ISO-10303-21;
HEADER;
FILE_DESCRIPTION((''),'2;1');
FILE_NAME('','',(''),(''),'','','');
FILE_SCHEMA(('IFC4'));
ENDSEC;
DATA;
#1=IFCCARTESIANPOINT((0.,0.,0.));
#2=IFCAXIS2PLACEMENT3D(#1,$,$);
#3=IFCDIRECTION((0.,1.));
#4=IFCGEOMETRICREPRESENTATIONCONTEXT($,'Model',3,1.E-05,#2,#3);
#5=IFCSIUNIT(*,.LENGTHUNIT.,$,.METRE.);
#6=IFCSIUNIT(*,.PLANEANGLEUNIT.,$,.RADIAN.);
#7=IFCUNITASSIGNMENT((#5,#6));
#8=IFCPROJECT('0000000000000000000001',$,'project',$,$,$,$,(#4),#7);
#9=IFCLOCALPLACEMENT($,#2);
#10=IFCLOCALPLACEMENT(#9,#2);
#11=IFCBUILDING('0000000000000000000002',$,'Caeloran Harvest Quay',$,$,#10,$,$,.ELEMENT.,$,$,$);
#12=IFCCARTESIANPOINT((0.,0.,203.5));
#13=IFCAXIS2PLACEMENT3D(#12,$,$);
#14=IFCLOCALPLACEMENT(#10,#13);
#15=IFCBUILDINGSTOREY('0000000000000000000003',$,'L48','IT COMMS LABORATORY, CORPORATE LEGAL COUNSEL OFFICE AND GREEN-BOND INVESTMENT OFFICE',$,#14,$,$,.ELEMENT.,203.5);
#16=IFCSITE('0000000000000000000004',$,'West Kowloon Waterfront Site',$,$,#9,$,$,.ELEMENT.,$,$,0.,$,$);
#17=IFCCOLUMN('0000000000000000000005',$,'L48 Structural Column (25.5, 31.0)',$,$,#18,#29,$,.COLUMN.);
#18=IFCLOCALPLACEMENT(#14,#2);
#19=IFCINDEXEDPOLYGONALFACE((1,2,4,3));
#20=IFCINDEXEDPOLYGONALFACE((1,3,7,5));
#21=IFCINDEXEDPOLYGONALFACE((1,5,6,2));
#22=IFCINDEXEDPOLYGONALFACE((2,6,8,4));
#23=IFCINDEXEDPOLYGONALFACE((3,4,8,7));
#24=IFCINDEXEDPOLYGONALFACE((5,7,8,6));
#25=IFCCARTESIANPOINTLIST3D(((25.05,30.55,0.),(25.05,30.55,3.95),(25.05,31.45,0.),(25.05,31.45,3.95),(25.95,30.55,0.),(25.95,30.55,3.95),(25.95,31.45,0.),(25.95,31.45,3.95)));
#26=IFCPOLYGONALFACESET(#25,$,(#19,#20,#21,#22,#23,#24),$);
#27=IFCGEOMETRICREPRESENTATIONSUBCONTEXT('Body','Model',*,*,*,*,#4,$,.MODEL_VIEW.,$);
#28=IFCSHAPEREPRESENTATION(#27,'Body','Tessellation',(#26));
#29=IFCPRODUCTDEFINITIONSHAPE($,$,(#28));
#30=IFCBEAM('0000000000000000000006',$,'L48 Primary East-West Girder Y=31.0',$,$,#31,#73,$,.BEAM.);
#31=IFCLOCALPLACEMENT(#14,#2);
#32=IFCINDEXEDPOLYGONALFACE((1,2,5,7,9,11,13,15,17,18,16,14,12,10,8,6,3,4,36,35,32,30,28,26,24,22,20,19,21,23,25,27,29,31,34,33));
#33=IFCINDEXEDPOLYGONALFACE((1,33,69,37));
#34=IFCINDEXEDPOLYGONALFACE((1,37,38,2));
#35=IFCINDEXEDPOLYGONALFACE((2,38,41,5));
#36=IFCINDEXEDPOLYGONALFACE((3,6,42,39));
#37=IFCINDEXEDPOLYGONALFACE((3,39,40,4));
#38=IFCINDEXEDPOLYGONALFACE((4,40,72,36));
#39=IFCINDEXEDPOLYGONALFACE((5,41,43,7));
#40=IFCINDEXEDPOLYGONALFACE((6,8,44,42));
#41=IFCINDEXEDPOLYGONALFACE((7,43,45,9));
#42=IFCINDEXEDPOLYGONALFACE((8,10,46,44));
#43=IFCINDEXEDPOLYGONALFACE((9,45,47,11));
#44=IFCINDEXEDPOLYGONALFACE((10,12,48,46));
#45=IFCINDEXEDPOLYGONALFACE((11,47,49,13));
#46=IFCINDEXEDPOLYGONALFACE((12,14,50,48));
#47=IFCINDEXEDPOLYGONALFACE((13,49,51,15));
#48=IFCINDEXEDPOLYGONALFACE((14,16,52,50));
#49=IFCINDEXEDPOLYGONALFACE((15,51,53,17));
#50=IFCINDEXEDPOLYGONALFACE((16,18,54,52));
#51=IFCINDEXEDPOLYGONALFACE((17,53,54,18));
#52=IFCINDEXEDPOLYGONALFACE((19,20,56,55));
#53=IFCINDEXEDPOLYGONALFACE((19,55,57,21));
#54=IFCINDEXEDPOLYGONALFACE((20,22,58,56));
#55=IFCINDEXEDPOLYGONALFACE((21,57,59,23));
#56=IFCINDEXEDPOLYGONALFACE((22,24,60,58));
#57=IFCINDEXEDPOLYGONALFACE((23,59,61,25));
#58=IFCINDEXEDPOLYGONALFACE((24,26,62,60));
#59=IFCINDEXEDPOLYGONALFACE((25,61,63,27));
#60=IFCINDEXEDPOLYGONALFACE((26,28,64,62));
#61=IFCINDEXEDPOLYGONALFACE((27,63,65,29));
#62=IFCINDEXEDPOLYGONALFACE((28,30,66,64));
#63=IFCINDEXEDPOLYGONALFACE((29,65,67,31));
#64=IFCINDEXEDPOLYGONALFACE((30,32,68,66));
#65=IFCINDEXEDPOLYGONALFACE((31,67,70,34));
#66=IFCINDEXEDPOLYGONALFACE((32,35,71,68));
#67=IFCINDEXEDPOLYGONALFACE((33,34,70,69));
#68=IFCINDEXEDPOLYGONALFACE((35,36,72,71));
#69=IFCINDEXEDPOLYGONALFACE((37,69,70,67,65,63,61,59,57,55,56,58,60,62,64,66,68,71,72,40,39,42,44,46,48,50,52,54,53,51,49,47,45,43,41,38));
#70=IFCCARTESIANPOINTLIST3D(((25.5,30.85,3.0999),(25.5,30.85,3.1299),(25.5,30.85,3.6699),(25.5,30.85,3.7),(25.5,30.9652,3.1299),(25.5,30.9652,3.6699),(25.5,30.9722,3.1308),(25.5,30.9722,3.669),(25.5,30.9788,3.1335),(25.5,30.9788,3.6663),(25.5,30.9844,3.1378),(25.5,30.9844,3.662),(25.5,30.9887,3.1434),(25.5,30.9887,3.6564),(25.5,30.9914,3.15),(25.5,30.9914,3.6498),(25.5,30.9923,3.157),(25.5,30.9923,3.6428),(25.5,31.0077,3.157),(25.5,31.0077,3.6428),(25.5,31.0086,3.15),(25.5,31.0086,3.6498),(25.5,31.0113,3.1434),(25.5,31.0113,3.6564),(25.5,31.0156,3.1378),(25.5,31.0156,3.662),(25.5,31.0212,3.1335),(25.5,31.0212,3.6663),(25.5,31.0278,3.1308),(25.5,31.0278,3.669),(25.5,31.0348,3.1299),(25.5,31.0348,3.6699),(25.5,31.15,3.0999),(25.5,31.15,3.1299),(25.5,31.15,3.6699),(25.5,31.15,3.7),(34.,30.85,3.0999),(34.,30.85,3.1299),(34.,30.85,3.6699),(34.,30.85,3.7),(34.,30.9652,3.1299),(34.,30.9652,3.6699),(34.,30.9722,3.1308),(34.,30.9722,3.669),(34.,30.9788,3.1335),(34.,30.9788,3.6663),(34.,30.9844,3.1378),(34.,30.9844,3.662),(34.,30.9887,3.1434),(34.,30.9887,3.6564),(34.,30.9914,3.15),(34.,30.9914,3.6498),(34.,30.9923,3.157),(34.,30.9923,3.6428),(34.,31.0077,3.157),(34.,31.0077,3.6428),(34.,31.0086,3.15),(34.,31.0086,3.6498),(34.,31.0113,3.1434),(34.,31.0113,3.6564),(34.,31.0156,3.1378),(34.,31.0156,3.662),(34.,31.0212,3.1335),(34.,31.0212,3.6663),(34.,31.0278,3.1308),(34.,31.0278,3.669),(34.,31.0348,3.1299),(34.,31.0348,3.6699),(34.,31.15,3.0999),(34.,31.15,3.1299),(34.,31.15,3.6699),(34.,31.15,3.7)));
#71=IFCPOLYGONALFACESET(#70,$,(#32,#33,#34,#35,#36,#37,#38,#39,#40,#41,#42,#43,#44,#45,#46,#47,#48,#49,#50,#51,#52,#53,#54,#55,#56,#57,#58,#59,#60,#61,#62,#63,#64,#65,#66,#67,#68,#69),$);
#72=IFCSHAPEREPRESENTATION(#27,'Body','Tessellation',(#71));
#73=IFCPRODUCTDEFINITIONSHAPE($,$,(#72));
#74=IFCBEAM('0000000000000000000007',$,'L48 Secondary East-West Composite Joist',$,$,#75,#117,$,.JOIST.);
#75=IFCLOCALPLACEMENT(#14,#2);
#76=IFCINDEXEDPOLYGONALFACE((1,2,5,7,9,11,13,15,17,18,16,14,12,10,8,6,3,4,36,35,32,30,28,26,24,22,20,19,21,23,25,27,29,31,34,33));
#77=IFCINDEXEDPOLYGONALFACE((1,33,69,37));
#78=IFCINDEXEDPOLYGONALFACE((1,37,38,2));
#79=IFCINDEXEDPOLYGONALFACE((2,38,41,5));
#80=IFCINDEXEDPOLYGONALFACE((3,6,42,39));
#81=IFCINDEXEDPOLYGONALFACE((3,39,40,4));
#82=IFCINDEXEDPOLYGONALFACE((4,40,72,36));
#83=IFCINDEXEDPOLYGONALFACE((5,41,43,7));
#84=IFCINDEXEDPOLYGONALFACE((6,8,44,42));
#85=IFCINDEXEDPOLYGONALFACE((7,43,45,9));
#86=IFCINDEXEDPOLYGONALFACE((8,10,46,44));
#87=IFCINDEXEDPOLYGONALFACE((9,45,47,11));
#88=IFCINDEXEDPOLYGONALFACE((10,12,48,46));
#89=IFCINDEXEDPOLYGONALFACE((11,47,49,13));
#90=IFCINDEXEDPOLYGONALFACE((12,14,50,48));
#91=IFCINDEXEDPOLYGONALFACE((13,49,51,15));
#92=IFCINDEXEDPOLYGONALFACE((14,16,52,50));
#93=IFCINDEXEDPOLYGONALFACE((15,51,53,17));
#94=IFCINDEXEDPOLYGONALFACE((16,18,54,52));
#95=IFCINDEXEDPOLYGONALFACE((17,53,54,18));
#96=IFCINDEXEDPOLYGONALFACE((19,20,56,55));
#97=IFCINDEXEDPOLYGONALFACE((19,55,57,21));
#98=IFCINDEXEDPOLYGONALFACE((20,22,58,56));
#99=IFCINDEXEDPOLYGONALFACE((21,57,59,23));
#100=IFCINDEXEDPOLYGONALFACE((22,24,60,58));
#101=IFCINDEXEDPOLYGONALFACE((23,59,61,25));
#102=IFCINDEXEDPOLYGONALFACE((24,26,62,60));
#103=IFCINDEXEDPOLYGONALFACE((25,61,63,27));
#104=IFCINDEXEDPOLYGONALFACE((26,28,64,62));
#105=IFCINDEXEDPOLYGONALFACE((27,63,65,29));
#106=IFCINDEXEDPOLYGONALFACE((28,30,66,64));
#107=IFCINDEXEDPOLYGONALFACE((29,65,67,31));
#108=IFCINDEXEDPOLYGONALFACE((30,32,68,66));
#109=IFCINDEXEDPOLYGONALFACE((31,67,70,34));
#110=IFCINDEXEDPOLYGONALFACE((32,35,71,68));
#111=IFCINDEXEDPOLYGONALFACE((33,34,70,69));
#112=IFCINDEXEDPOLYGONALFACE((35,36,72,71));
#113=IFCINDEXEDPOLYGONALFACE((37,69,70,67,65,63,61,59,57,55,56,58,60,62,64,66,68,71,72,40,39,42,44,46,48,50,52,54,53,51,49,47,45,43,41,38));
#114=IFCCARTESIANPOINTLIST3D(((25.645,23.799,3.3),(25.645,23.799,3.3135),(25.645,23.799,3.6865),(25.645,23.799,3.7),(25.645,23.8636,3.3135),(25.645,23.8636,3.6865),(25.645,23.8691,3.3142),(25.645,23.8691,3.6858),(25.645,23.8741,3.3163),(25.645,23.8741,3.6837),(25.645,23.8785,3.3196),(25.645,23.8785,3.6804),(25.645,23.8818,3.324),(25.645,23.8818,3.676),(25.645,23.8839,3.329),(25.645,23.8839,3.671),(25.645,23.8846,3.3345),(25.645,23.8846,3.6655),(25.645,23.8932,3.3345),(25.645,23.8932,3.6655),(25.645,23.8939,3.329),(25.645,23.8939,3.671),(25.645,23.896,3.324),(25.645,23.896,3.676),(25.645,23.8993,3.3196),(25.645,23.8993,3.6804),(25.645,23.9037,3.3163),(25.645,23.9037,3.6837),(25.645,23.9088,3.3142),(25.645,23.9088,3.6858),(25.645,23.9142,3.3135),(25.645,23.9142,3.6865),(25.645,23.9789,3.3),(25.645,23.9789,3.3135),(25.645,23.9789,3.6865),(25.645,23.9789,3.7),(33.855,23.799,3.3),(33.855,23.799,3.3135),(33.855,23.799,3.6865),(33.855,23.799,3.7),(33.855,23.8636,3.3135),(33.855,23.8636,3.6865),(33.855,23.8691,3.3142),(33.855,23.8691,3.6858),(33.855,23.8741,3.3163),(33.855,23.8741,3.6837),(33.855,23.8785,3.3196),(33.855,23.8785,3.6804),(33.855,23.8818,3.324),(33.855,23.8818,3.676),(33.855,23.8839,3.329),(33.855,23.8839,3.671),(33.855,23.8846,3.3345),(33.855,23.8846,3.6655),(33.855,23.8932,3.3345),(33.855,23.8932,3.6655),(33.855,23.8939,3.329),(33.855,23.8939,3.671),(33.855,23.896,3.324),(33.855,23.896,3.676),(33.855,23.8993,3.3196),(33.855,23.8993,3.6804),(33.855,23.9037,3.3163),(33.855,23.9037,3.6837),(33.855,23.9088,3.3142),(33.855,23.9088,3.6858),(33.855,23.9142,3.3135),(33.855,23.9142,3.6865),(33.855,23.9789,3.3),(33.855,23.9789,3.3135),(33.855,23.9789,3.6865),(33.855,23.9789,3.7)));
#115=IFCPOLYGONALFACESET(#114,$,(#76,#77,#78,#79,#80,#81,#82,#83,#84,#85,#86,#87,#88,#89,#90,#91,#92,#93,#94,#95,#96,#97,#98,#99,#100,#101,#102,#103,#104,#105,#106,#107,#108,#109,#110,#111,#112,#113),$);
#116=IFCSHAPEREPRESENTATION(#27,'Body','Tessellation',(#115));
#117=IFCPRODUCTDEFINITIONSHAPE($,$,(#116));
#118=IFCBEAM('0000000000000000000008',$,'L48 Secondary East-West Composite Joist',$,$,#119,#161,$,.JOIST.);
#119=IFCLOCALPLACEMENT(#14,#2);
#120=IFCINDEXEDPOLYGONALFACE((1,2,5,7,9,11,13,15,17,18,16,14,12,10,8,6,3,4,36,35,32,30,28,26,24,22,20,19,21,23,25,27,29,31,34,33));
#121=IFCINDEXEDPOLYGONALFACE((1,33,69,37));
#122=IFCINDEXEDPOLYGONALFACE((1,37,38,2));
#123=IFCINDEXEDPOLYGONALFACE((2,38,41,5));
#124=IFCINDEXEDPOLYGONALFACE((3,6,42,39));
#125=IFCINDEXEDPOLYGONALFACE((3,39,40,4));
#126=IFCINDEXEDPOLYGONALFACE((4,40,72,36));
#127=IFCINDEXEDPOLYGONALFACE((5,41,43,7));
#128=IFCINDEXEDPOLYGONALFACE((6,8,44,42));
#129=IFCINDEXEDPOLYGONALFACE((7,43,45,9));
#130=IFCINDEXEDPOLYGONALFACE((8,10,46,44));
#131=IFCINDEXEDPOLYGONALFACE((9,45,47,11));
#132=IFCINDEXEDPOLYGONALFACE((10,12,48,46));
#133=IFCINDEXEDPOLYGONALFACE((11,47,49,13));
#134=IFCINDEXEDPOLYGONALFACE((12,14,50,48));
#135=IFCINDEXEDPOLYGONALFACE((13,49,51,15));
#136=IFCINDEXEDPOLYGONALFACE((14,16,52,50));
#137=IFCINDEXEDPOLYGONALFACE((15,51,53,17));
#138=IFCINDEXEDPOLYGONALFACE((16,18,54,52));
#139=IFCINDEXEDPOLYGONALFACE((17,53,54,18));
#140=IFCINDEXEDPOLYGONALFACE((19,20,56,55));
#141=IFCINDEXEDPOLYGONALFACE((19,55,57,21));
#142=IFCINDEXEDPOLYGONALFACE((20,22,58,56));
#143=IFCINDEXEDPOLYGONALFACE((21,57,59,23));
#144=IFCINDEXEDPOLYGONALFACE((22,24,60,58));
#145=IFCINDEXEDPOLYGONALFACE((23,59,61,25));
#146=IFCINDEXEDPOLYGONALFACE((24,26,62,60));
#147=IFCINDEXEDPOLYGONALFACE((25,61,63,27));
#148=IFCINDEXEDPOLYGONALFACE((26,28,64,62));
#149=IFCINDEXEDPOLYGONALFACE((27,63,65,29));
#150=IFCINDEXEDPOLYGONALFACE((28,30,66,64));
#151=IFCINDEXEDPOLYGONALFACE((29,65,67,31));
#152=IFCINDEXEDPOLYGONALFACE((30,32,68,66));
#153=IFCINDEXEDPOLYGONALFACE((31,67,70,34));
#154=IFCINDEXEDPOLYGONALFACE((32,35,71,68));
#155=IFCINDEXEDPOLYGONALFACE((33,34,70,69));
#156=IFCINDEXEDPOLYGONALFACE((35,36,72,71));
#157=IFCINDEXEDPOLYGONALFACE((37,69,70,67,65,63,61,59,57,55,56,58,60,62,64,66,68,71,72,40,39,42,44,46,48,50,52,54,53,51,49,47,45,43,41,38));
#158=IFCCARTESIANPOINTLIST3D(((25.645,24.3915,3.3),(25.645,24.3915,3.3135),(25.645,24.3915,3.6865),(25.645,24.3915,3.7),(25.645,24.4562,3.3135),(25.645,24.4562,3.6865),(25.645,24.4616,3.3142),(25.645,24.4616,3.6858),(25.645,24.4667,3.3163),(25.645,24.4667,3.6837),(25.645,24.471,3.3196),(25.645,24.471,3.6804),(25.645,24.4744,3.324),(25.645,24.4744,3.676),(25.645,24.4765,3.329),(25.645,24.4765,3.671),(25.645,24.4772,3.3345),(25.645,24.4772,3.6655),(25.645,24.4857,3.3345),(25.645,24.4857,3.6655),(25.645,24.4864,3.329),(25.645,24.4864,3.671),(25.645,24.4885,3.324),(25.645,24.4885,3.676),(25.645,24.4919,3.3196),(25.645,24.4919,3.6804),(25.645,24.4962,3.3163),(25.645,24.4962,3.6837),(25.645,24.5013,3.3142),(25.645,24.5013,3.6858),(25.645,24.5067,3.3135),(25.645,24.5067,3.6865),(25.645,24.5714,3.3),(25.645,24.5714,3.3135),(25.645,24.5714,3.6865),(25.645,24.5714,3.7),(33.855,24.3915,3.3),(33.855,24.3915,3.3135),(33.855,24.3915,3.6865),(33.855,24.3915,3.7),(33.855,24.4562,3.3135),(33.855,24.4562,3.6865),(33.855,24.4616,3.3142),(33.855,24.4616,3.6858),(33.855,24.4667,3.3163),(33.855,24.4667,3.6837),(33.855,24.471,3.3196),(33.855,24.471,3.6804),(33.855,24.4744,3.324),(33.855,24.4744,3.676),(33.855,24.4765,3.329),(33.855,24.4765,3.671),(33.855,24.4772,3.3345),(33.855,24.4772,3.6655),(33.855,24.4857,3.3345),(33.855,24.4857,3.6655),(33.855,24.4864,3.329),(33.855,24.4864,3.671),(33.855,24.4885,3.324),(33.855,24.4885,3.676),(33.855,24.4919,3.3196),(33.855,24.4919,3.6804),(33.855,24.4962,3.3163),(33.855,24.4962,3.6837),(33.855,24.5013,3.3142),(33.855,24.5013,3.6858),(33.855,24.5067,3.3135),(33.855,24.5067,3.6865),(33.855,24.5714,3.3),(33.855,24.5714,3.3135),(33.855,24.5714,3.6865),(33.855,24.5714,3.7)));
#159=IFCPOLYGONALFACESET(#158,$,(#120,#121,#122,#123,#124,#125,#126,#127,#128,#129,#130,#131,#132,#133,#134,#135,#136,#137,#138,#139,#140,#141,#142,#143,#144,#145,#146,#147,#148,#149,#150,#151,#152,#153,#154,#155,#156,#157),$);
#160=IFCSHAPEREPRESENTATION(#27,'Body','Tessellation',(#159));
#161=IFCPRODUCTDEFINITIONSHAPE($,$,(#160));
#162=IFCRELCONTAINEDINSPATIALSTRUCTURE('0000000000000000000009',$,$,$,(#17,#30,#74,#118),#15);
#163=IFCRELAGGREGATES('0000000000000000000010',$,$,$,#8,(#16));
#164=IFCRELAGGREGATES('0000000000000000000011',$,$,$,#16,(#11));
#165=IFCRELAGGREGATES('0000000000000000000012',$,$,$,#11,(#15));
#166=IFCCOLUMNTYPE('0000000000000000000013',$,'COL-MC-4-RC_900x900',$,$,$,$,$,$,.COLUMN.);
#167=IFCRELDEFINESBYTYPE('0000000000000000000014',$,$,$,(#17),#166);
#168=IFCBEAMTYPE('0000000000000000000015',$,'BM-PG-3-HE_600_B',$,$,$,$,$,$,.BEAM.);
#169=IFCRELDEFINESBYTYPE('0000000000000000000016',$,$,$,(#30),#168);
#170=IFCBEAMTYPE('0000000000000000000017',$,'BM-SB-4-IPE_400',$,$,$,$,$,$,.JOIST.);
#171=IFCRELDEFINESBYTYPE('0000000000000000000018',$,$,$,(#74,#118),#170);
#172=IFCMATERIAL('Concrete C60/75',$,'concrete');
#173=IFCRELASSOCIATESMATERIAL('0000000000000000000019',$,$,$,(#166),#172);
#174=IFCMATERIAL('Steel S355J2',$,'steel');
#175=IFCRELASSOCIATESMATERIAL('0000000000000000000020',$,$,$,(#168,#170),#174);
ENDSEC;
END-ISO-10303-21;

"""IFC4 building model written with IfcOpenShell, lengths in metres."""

from ifc_helpers import new_model, si_unit, direction, frame, origin, origin_2d, place, context, subcontext, project, spatial, rectangle, i_section, extrude, material, material_profile, profile_set, type_object, element, save


model = new_model("IFC4")

# Units and contexts
model_context = context("Model", 3, precision=1e-05, world=origin(), true_north=direction((0.0, 1.0)))
body_context = subcontext(model_context, "Body", "Model", "MODEL_VIEW")
ifc_project = project(units=[si_unit("LENGTHUNIT", "METRE"), si_unit("PLANEANGLEUNIT", "RADIAN")], contexts=[model_context])

# Site, building, storey
site_placement = place(None, origin())
site = spatial("IfcSite", under=ifc_project, at=site_placement, Name="West Kowloon Waterfront Site", CompositionType="ELEMENT", RefElevation=0.0)
building_placement = place(site_placement, origin())
building = spatial("IfcBuilding", under=site, at=building_placement, Name="Caeloran Harvest Quay", CompositionType="ELEMENT")
storey_placement = place(building_placement, frame((0.0, 0.0, 203.5)))
storey = spatial("IfcBuildingStorey", under=building, at=storey_placement, Name="L48", Description="IT COMMS LABORATORY, CORPORATE LEGAL COUNSEL OFFICE AND GREEN-BOND INVESTMENT OFFICE", CompositionType="ELEMENT", Elevation=203.5)

# Column
ifc_material_1 = material(Name="Concrete C60/75", Category="concrete")
ifc_material_profile_1 = material_profile(ifc_material_1, rectangle(XDim=0.8999, YDim=0.8999, at=origin_2d()), Name="RC 900x900")
ifc_profile_set_1 = profile_set([ifc_material_profile_1], Name="Concrete C60/75")
column_type = type_object("IfcColumnType", Name="COL-MC-4-RC_900x900", PredefinedType="COLUMN", material=ifc_profile_set_1)
column_placement = place(storey_placement, frame((25.5, 31.0, 0.0), z_axis=(0.0, 0.0, 1.0), x_axis=(1.0, 0.0, 0.0)))
element("IfcColumn", 1, at=column_placement, inside=storey, type_object=column_type, Name="L48 Structural Column (25.5, 31.0)", PredefinedType="COLUMN", context=body_context, shape_type="SweptSolid", body=[
    extrude(rectangle(XDim=0.8999, YDim=0.8999, at=origin_2d()), origin(), (0.0, 0.0, 1.0), 3.95),
])

# Beams
ifc_material_2 = material(Name="Steel S355J2", Category="steel")
ifc_material_profile_2 = material_profile(ifc_material_2, i_section(OverallWidth=0.3, OverallDepth=0.6001, WebThickness=0.0154, FlangeThickness=0.03, FilletRadius=0.0271, at=origin_2d()), Name="HE 600 B")
ifc_profile_set_2 = profile_set([ifc_material_profile_2], Name="Steel S355J2")
beam_type_1 = type_object("IfcBeamType", Name="BM-PG-3-HE_600_B", PredefinedType="BEAM", material=ifc_profile_set_2)
beam_placement = place(storey_placement, frame((25.5, 31.0, 3.3999), z_axis=(1.0, 0.0, 0.0), x_axis=(0.0, 1.0, 0.0)))
element("IfcBeam", 2, at=beam_placement, inside=storey, type_object=beam_type_1, Name="L48 Primary East-West Girder Y=31.0", PredefinedType="BEAM", context=body_context, shape_type="SweptSolid", body=[
    extrude(i_section(OverallWidth=0.3, OverallDepth=0.6001, WebThickness=0.0154, FlangeThickness=0.03, FilletRadius=0.0271, at=origin_2d()), origin(), (0.0, 0.0, 1.0), 8.5),
])
ifc_material_profile_3 = material_profile(ifc_material_2, i_section(OverallWidth=0.1799, OverallDepth=0.3999, WebThickness=0.0085, FlangeThickness=0.0134, FilletRadius=0.021, at=origin_2d()), Name="IPE 400")
ifc_profile_set_3 = profile_set([ifc_material_profile_3], Name="Steel S355J2")
beam_type_2 = type_object("IfcBeamType", Name="BM-SB-4-IPE_400", PredefinedType="JOIST", material=ifc_profile_set_3)
for number, where, z_axis, x_axis, name in (
    (3, (25.645, 23.8889, 3.5), (1.0, 0.0, 0.0), (0.0, 1.0, 0.0), "L48 Secondary East-West Composite Joist"),
    (4, (25.645, 24.4814, 3.5), (1.0, 0.0, 0.0), (0.0, 1.0, 0.0), "L48 Secondary East-West Composite Joist"),
):
    element("IfcBeam", number, at=place(storey_placement, frame(where, z_axis=z_axis, x_axis=x_axis)), inside=storey, type_object=beam_type_2, Name=name, PredefinedType="JOIST", context=body_context, shape_type="SweptSolid", body=[
        extrude(i_section(OverallWidth=0.1799, OverallDepth=0.3999, WebThickness=0.0085, FlangeThickness=0.0134, FilletRadius=0.021, at=origin_2d()), origin(), (0.0, 0.0, 1.0), 8.21),
    ])

save(model, "model.ifc")
